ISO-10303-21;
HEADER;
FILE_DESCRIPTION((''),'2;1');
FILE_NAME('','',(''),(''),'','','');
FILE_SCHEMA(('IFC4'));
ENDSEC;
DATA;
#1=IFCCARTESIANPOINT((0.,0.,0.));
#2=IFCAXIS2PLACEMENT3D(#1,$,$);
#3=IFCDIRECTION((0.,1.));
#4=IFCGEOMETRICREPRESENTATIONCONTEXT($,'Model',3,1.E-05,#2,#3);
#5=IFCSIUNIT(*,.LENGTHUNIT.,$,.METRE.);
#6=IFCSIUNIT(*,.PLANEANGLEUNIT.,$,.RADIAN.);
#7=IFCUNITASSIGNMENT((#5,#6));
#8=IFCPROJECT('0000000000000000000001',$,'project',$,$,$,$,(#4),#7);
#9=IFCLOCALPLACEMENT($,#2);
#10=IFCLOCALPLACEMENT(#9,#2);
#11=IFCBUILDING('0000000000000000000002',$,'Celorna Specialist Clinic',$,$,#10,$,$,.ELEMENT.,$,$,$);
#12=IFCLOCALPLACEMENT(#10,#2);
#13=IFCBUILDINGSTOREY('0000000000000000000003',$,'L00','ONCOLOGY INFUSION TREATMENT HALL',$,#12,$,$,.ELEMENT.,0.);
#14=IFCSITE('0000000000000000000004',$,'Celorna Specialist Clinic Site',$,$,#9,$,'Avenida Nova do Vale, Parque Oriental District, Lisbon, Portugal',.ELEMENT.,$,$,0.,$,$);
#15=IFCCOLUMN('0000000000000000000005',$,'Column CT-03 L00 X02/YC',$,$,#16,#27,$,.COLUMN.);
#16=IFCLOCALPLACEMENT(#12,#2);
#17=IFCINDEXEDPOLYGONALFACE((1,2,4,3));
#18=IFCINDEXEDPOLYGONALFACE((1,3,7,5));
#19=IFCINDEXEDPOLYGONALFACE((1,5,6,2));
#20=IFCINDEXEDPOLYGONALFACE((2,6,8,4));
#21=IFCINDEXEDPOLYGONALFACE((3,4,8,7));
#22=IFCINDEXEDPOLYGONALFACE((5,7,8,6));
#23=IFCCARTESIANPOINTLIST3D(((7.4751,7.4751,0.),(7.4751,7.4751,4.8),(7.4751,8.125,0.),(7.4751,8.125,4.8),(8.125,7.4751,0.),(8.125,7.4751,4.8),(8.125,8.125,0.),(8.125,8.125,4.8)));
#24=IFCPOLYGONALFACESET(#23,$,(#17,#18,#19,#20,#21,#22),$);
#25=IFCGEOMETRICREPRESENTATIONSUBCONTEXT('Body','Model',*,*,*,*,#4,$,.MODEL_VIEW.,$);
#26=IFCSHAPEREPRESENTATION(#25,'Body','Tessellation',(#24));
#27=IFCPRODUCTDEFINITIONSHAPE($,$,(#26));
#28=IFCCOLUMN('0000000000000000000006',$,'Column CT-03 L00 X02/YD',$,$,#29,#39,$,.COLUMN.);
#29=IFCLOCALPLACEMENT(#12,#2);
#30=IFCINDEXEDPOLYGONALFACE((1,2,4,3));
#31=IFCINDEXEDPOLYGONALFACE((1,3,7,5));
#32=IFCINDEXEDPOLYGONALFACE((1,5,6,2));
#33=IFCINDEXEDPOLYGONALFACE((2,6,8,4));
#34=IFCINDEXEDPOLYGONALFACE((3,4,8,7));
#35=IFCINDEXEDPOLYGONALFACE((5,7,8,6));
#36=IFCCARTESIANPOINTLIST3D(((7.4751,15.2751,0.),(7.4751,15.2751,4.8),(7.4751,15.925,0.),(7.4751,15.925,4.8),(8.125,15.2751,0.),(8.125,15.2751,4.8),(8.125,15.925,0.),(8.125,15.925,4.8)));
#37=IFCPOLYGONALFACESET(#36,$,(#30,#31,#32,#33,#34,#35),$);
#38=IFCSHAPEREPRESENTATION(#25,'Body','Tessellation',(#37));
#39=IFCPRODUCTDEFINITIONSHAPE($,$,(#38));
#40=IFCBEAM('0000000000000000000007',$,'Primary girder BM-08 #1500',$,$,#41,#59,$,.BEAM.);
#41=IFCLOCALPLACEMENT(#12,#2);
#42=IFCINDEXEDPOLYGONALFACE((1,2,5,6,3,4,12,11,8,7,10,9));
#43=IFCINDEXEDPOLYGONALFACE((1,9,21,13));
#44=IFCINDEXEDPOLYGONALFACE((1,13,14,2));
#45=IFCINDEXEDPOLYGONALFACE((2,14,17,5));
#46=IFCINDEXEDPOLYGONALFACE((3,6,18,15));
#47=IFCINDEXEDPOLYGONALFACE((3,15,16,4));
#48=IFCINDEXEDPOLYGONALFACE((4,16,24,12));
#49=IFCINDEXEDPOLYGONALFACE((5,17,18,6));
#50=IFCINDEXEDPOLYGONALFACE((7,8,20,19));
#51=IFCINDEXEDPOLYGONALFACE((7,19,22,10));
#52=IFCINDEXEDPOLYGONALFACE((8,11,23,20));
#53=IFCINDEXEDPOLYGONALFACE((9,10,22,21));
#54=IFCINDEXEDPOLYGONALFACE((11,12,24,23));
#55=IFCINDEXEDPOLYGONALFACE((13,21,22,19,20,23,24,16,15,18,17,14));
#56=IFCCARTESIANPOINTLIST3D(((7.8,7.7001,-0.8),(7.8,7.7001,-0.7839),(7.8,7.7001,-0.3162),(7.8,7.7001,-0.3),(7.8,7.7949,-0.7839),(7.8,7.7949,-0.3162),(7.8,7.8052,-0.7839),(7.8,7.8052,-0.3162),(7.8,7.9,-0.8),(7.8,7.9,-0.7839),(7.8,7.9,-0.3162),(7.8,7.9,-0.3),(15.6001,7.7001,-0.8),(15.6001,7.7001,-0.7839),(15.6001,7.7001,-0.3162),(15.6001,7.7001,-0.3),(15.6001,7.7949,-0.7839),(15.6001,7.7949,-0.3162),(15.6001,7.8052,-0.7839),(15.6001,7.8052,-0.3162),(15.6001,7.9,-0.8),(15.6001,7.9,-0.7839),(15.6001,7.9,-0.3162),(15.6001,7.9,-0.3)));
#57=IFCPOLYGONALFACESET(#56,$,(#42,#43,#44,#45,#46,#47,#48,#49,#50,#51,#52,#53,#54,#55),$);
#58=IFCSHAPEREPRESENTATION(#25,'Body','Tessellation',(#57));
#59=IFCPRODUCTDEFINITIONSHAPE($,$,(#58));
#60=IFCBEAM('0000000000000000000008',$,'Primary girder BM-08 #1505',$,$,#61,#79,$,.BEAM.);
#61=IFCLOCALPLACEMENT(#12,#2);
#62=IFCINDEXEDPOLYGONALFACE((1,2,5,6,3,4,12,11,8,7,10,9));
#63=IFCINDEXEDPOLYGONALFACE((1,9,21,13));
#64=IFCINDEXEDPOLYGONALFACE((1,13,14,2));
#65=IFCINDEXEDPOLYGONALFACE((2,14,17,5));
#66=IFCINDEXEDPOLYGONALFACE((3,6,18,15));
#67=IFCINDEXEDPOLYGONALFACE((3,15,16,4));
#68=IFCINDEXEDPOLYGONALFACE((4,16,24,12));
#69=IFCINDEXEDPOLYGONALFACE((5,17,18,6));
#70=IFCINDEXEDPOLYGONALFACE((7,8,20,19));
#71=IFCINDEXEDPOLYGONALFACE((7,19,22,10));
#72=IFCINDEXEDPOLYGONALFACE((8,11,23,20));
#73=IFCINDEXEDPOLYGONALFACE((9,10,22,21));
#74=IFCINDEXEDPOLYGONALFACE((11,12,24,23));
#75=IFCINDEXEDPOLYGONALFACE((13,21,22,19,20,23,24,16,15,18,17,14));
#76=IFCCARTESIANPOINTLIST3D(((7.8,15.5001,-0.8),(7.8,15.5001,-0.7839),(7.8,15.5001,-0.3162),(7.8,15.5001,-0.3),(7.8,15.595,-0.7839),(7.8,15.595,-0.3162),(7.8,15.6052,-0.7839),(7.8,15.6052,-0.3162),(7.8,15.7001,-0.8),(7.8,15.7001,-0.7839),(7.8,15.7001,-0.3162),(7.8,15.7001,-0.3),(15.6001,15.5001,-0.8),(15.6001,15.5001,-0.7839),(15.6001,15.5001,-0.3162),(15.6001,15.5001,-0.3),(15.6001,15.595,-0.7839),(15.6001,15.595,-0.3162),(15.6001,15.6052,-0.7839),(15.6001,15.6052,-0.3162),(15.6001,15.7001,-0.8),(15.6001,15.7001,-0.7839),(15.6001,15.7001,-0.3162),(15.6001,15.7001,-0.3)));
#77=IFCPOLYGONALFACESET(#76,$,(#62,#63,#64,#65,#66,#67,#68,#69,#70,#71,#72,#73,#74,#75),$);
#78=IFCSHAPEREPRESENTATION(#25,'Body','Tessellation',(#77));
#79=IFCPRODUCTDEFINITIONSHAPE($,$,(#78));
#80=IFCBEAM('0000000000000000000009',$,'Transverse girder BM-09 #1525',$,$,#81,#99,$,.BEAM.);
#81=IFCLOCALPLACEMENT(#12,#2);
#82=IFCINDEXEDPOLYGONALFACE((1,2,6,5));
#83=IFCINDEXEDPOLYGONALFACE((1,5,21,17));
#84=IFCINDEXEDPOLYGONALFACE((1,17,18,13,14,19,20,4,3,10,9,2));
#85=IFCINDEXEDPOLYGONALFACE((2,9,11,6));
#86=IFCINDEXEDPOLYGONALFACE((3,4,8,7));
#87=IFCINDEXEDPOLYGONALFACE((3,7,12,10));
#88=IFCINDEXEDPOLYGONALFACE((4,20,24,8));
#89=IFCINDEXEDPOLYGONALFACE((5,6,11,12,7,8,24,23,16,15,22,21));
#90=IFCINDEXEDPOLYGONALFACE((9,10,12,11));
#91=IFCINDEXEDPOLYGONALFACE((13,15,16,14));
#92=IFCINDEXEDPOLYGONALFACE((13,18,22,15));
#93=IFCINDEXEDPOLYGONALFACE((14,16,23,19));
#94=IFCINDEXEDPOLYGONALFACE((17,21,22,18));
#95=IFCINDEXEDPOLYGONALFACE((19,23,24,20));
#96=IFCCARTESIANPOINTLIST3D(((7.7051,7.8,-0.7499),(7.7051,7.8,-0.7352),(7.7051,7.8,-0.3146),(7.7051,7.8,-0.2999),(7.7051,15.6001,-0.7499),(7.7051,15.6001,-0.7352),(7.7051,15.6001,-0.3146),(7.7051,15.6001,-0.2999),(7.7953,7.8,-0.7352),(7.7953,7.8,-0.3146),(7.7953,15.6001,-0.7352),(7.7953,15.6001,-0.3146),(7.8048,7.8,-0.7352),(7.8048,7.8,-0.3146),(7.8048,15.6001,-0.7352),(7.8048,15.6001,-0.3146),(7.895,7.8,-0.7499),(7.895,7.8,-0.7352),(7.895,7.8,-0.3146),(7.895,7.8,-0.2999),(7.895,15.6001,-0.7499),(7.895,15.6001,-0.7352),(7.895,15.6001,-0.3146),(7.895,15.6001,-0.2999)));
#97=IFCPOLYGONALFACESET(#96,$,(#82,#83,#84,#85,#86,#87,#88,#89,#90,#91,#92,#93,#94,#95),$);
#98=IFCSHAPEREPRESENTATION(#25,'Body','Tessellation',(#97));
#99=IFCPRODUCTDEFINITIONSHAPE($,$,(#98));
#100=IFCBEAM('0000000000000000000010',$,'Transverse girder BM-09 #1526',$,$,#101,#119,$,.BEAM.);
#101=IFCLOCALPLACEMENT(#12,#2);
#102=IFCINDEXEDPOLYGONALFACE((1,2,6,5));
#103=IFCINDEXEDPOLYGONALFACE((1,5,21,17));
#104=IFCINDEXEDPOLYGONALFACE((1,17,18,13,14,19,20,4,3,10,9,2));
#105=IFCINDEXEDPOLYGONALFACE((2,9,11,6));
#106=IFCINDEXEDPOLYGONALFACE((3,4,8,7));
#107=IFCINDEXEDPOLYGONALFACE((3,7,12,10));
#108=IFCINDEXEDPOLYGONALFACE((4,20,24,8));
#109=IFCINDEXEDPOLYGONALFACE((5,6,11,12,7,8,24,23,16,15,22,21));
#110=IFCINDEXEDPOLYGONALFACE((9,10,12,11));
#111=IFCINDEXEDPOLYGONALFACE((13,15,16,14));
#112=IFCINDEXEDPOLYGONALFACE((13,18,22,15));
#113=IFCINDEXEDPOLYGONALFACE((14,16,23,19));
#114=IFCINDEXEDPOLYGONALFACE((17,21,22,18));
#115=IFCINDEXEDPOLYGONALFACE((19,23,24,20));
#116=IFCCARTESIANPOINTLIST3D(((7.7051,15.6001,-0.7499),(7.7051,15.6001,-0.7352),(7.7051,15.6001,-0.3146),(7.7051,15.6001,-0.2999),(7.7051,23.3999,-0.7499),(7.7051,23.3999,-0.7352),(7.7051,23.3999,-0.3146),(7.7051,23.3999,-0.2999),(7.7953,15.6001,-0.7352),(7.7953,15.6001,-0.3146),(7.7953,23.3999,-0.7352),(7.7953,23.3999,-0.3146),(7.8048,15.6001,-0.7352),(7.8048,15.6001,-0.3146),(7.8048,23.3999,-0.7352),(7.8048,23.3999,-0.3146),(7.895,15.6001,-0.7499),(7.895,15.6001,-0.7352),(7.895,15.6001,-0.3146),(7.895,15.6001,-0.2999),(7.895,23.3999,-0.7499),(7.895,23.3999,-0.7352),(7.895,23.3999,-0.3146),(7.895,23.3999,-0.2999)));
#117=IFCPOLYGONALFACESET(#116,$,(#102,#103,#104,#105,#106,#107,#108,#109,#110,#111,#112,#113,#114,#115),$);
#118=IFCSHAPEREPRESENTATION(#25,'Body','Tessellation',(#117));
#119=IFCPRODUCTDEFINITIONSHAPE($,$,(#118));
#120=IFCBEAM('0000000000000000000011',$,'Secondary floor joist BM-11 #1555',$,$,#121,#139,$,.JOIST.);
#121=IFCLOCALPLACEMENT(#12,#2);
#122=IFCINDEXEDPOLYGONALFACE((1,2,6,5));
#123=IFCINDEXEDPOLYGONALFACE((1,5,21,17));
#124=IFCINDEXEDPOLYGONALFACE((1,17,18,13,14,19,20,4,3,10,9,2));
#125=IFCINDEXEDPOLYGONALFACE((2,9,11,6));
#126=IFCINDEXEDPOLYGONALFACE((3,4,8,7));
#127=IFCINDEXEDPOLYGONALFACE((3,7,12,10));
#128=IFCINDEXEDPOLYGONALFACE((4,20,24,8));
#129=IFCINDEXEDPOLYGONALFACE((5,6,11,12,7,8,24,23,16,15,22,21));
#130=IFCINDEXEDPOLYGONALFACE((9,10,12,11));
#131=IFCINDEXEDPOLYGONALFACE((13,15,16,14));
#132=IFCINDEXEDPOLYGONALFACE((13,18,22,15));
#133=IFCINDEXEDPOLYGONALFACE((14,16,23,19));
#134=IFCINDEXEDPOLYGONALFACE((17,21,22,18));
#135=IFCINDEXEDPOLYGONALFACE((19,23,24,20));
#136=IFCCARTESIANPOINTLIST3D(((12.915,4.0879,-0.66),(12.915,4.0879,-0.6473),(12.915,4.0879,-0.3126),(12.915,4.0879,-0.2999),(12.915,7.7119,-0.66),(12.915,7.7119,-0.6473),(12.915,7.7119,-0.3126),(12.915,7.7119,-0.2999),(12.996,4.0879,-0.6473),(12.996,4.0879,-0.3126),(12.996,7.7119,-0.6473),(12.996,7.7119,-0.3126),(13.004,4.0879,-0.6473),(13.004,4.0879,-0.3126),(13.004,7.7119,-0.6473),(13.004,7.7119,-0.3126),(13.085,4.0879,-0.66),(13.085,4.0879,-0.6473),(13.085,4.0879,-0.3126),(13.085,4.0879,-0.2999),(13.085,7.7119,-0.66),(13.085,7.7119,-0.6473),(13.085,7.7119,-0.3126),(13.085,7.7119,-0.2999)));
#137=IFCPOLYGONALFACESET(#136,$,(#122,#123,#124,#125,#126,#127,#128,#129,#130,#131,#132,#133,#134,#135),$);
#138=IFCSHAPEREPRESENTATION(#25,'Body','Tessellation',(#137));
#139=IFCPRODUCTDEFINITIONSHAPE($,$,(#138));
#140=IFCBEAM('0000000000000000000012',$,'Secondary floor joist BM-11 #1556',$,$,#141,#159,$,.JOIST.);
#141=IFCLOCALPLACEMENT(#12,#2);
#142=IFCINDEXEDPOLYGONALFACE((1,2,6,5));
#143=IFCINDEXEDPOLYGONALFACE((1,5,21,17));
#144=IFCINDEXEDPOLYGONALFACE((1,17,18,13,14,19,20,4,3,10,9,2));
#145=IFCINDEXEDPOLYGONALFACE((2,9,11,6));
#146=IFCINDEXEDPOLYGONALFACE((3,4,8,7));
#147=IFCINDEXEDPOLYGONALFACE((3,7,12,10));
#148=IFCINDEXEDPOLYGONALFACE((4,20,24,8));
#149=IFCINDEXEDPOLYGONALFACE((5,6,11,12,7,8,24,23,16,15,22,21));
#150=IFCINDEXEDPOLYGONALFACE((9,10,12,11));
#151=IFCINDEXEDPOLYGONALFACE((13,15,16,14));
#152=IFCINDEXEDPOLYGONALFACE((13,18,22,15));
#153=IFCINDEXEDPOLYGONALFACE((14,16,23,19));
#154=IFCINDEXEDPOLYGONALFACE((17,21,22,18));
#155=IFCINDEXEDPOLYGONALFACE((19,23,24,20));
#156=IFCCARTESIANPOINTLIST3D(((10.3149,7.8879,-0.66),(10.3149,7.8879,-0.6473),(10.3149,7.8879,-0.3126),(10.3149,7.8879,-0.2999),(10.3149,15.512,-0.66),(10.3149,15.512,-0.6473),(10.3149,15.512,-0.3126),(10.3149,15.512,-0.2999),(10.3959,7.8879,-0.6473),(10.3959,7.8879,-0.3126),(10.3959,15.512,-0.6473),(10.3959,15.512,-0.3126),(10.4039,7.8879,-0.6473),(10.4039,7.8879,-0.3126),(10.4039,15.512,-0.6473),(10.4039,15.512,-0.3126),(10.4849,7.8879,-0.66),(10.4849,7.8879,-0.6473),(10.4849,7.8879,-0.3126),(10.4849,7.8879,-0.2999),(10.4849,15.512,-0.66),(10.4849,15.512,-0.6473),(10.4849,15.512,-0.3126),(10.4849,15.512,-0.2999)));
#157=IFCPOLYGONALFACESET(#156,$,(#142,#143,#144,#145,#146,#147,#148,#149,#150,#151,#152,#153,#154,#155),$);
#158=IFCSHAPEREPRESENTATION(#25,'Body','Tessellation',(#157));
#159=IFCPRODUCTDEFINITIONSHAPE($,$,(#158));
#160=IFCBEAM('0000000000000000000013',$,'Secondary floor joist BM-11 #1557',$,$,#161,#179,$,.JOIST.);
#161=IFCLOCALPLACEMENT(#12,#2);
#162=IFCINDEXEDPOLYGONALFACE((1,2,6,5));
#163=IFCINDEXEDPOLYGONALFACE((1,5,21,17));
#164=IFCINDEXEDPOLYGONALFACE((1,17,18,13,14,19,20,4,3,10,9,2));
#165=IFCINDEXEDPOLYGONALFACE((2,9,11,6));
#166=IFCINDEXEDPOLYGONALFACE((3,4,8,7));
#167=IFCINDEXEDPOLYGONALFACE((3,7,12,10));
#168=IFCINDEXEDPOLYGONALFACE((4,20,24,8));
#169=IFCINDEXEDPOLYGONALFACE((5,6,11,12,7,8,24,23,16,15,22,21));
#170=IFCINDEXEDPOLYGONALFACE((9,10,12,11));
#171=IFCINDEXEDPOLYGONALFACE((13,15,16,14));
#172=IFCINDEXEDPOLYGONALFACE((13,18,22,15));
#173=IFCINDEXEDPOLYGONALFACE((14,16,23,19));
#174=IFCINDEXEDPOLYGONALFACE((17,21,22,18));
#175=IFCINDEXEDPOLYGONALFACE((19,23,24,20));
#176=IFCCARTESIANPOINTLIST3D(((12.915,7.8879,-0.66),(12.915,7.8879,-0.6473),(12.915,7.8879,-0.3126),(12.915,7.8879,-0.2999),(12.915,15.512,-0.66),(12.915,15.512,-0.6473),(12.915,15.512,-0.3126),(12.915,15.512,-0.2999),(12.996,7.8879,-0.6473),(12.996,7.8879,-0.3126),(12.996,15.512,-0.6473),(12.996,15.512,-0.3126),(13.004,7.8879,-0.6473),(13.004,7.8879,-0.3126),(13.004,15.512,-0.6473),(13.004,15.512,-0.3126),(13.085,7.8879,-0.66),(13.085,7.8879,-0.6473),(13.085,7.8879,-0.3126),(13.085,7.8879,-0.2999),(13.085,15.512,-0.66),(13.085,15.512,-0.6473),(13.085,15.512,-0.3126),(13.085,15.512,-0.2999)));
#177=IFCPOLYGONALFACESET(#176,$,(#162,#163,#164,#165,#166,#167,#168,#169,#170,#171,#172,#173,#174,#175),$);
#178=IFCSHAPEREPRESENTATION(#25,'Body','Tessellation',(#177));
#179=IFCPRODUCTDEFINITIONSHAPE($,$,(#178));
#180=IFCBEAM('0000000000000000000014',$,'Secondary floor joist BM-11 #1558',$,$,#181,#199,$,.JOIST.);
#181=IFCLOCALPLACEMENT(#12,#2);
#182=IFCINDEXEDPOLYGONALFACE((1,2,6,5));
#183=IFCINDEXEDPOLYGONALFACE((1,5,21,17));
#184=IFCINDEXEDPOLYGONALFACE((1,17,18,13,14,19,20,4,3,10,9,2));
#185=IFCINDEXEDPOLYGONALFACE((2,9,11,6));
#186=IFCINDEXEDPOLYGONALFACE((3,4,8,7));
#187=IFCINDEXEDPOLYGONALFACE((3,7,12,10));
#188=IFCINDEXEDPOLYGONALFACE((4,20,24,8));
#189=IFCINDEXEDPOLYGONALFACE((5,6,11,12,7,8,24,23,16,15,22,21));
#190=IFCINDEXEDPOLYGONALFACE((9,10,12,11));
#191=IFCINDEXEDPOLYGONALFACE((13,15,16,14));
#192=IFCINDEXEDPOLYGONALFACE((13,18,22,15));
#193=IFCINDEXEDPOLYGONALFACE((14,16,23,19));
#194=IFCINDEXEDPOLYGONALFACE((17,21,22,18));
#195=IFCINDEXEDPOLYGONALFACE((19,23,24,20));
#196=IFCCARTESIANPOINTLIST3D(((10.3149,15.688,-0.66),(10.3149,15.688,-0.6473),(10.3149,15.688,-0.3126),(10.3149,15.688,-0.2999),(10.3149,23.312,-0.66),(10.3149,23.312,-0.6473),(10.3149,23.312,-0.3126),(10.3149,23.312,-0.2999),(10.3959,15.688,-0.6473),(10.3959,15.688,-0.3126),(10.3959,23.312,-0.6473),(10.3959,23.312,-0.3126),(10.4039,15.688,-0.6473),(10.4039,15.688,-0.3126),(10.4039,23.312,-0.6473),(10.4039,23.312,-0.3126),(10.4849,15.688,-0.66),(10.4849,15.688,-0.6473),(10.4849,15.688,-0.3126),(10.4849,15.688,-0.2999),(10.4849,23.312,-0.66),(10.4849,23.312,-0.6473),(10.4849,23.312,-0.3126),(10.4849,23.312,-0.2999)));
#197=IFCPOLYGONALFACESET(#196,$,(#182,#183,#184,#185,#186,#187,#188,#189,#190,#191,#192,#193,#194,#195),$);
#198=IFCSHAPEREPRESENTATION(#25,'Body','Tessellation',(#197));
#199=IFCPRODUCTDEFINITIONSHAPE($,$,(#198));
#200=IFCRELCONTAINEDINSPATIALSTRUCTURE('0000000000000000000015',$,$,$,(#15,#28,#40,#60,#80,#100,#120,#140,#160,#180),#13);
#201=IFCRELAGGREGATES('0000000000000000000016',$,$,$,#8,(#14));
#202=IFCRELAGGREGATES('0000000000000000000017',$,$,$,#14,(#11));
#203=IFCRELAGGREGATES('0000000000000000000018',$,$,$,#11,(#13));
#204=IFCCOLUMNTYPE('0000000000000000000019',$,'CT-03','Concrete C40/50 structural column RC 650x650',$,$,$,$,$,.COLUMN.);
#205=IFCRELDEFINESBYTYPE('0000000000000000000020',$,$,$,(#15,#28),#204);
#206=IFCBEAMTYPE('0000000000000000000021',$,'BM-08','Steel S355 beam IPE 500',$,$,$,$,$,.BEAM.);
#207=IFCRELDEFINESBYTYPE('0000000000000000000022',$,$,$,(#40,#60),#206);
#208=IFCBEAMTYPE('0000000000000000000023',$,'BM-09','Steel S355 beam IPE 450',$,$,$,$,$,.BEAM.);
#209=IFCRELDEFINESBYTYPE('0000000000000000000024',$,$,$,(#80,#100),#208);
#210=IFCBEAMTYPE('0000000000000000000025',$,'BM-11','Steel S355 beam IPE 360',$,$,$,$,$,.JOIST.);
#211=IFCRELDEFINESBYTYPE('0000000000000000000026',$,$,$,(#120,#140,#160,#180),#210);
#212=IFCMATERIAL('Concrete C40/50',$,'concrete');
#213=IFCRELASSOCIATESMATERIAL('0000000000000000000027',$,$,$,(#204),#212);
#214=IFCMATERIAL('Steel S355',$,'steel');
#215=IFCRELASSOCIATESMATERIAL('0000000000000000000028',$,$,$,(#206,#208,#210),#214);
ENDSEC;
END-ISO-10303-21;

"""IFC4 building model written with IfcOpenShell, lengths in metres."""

from ifc_helpers import new_model, si_unit, direction, frame, origin, origin_2d, place, context, subcontext, project, spatial, rectangle, i_section, extrude, material, material_profile, profile_set, type_object, element, save


model = new_model("IFC4")

# Units and contexts
model_context = context("Model", 3, precision=1e-05, world=origin(), true_north=direction((0.0, 1.0)))
body_context = subcontext(model_context, "Body", "Model", "MODEL_VIEW")
ifc_project = project(units=[si_unit("LENGTHUNIT", "METRE"), si_unit("PLANEANGLEUNIT", "RADIAN")], contexts=[model_context])

# Site, building, storey
site_placement = place(None, origin())
site = spatial("IfcSite", under=ifc_project, at=site_placement, Name="Celorna Specialist Clinic Site", LongName="Avenida Nova do Vale, Parque Oriental District, Lisbon, Portugal", CompositionType="ELEMENT", RefElevation=0.0)
building_placement = place(site_placement, origin())
building = spatial("IfcBuilding", under=site, at=building_placement, Name="Celorna Specialist Clinic", CompositionType="ELEMENT")
storey_placement = place(building_placement, origin())
storey = spatial("IfcBuildingStorey", under=building, at=storey_placement, Name="L00", Description="ONCOLOGY INFUSION TREATMENT HALL", CompositionType="ELEMENT", Elevation=0.0)

# Columns
ifc_material_1 = material(Name="Concrete C40/50", Category="concrete")
ifc_material_profile_1 = material_profile(ifc_material_1, rectangle(XDim=0.6499, YDim=0.6499, at=origin_2d()), Name="RC 650x650")
ifc_profile_set_1 = profile_set([ifc_material_profile_1], Name="Concrete C40/50")
column_type = type_object("IfcColumnType", Name="CT-03", Description="Concrete C40/50 structural column RC 650x650", PredefinedType="COLUMN", material=ifc_profile_set_1)
for number, where, z_axis, x_axis, name in (
    (1, (7.8, 7.8, 0.0), (0.0, 0.0, 1.0), (1.0, 0.0, 0.0), "Column CT-03 L00 X02/YC"),
    (2, (7.8, 15.6001, 0.0), (0.0, 0.0, 1.0), (1.0, 0.0, 0.0), "Column CT-03 L00 X02/YD"),
):
    element("IfcColumn", number, at=place(storey_placement, frame(where, z_axis=z_axis, x_axis=x_axis)), inside=storey, type_object=column_type, Name=name, PredefinedType="COLUMN", context=body_context, shape_type="SweptSolid", body=[
        extrude(rectangle(XDim=0.6499, YDim=0.6499, at=origin_2d()), origin(), (0.0, 0.0, 1.0), 4.8),
    ])

# Beams
ifc_material_2 = material(Name="Steel S355", Category="steel")
ifc_material_profile_2 = material_profile(ifc_material_2, i_section(OverallWidth=0.2, OverallDepth=0.5, WebThickness=0.0103, FlangeThickness=0.0161, at=origin_2d()), Name="IPE 500")
ifc_profile_set_2 = profile_set([ifc_material_profile_2], Name="Steel S355")
beam_type_1 = type_object("IfcBeamType", Name="BM-08", Description="Steel S355 beam IPE 500", PredefinedType="BEAM", material=ifc_profile_set_2)
for number, where, z_axis, x_axis, name in (
    (3, (7.8, 7.8, -0.55), (1.0, 0.0, 0.0), (0.0, 1.0, 0.0), "Primary girder BM-08 #1500"),
    (4, (7.8, 15.6001, -0.55), (1.0, 0.0, 0.0), (0.0, 1.0, 0.0), "Primary girder BM-08 #1505"),
):
    element("IfcBeam", number, at=place(storey_placement, frame(where, z_axis=z_axis, x_axis=x_axis)), inside=storey, type_object=beam_type_1, Name=name, PredefinedType="BEAM", context=body_context, shape_type="SweptSolid", body=[
        extrude(i_section(OverallWidth=0.2, OverallDepth=0.5, WebThickness=0.0103, FlangeThickness=0.0161, at=origin_2d()), origin(), (0.0, 0.0, 1.0), 7.8),
    ])
ifc_material_profile_3 = material_profile(ifc_material_2, i_section(OverallWidth=0.1899, OverallDepth=0.45, WebThickness=0.0095, FlangeThickness=0.0146, at=origin_2d()), Name="IPE 450")
ifc_profile_set_3 = profile_set([ifc_material_profile_3], Name="Steel S355")
beam_type_2 = type_object("IfcBeamType", Name="BM-09", Description="Steel S355 beam IPE 450", PredefinedType="BEAM", material=ifc_profile_set_3)
beam_1_placement = place(storey_placement, frame((7.8, 7.8, -0.5249), z_axis=(0.0, 1.0, 0.0), x_axis=(-1.0, 0.0, 0.0)))
element("IfcBeam", 5, at=beam_1_placement, inside=storey, type_object=beam_type_2, Name="Transverse girder BM-09 #1525", PredefinedType="BEAM", context=body_context, shape_type="SweptSolid", body=[
    extrude(i_section(OverallWidth=0.1899, OverallDepth=0.45, WebThickness=0.0095, FlangeThickness=0.0146, at=origin_2d()), origin(), (0.0, 0.0, 1.0), 7.8),
])
beam_2_placement = place(storey_placement, frame((7.8, 15.6001, -0.5249), z_axis=(0.0, 1.0, 0.0), x_axis=(-1.0, 0.0, 0.0)))
element("IfcBeam", 6, at=beam_2_placement, inside=storey, type_object=beam_type_2, Name="Transverse girder BM-09 #1526", PredefinedType="BEAM", context=body_context, shape_type="SweptSolid", body=[
    extrude(i_section(OverallWidth=0.1899, OverallDepth=0.45, WebThickness=0.0095, FlangeThickness=0.0146, at=origin_2d()), origin(), (0.0, 0.0, 1.0), 7.7998),
])
ifc_material_profile_4 = material_profile(ifc_material_2, i_section(OverallWidth=0.1699, OverallDepth=0.3601, WebThickness=0.0081, FlangeThickness=0.0127, at=origin_2d()), Name="IPE 360")
ifc_profile_set_4 = profile_set([ifc_material_profile_4], Name="Steel S355")
beam_type_3 = type_object("IfcBeamType", Name="BM-11", Description="Steel S355 beam IPE 360", PredefinedType="JOIST", material=ifc_profile_set_4)
beam_3_placement = place(storey_placement, frame((13.0, 4.0879, -0.48), z_axis=(0.0, 1.0, 0.0), x_axis=(-1.0, 0.0, 0.0)))
element("IfcBeam", 7, at=beam_3_placement, inside=storey, type_object=beam_type_3, Name="Secondary floor joist BM-11 #1555", PredefinedType="JOIST", context=body_context, shape_type="SweptSolid", body=[
    extrude(i_section(OverallWidth=0.1699, OverallDepth=0.3601, WebThickness=0.0081, FlangeThickness=0.0127, at=origin_2d()), origin(), (0.0, 0.0, 1.0), 3.624),
])
for number, where, z_axis, x_axis, name in (
    (8, (10.3999, 7.8879, -0.48), (0.0, 1.0, 0.0), (-1.0, 0.0, 0.0), "Secondary floor joist BM-11 #1556"),
    (9, (13.0, 7.8879, -0.48), (0.0, 1.0, 0.0), (-1.0, 0.0, 0.0), "Secondary floor joist BM-11 #1557"),
    (10, (10.3999, 15.688, -0.48), (0.0, 1.0, 0.0), (-1.0, 0.0, 0.0), "Secondary floor joist BM-11 #1558"),
):
    element("IfcBeam", number, at=place(storey_placement, frame(where, z_axis=z_axis, x_axis=x_axis)), inside=storey, type_object=beam_type_3, Name=name, PredefinedType="JOIST", context=body_context, shape_type="SweptSolid", body=[
        extrude(i_section(OverallWidth=0.1699, OverallDepth=0.3601, WebThickness=0.0081, FlangeThickness=0.0127, at=origin_2d()), origin(), (0.0, 0.0, 1.0), 7.624),
    ])

save(model, "model.ifc")
